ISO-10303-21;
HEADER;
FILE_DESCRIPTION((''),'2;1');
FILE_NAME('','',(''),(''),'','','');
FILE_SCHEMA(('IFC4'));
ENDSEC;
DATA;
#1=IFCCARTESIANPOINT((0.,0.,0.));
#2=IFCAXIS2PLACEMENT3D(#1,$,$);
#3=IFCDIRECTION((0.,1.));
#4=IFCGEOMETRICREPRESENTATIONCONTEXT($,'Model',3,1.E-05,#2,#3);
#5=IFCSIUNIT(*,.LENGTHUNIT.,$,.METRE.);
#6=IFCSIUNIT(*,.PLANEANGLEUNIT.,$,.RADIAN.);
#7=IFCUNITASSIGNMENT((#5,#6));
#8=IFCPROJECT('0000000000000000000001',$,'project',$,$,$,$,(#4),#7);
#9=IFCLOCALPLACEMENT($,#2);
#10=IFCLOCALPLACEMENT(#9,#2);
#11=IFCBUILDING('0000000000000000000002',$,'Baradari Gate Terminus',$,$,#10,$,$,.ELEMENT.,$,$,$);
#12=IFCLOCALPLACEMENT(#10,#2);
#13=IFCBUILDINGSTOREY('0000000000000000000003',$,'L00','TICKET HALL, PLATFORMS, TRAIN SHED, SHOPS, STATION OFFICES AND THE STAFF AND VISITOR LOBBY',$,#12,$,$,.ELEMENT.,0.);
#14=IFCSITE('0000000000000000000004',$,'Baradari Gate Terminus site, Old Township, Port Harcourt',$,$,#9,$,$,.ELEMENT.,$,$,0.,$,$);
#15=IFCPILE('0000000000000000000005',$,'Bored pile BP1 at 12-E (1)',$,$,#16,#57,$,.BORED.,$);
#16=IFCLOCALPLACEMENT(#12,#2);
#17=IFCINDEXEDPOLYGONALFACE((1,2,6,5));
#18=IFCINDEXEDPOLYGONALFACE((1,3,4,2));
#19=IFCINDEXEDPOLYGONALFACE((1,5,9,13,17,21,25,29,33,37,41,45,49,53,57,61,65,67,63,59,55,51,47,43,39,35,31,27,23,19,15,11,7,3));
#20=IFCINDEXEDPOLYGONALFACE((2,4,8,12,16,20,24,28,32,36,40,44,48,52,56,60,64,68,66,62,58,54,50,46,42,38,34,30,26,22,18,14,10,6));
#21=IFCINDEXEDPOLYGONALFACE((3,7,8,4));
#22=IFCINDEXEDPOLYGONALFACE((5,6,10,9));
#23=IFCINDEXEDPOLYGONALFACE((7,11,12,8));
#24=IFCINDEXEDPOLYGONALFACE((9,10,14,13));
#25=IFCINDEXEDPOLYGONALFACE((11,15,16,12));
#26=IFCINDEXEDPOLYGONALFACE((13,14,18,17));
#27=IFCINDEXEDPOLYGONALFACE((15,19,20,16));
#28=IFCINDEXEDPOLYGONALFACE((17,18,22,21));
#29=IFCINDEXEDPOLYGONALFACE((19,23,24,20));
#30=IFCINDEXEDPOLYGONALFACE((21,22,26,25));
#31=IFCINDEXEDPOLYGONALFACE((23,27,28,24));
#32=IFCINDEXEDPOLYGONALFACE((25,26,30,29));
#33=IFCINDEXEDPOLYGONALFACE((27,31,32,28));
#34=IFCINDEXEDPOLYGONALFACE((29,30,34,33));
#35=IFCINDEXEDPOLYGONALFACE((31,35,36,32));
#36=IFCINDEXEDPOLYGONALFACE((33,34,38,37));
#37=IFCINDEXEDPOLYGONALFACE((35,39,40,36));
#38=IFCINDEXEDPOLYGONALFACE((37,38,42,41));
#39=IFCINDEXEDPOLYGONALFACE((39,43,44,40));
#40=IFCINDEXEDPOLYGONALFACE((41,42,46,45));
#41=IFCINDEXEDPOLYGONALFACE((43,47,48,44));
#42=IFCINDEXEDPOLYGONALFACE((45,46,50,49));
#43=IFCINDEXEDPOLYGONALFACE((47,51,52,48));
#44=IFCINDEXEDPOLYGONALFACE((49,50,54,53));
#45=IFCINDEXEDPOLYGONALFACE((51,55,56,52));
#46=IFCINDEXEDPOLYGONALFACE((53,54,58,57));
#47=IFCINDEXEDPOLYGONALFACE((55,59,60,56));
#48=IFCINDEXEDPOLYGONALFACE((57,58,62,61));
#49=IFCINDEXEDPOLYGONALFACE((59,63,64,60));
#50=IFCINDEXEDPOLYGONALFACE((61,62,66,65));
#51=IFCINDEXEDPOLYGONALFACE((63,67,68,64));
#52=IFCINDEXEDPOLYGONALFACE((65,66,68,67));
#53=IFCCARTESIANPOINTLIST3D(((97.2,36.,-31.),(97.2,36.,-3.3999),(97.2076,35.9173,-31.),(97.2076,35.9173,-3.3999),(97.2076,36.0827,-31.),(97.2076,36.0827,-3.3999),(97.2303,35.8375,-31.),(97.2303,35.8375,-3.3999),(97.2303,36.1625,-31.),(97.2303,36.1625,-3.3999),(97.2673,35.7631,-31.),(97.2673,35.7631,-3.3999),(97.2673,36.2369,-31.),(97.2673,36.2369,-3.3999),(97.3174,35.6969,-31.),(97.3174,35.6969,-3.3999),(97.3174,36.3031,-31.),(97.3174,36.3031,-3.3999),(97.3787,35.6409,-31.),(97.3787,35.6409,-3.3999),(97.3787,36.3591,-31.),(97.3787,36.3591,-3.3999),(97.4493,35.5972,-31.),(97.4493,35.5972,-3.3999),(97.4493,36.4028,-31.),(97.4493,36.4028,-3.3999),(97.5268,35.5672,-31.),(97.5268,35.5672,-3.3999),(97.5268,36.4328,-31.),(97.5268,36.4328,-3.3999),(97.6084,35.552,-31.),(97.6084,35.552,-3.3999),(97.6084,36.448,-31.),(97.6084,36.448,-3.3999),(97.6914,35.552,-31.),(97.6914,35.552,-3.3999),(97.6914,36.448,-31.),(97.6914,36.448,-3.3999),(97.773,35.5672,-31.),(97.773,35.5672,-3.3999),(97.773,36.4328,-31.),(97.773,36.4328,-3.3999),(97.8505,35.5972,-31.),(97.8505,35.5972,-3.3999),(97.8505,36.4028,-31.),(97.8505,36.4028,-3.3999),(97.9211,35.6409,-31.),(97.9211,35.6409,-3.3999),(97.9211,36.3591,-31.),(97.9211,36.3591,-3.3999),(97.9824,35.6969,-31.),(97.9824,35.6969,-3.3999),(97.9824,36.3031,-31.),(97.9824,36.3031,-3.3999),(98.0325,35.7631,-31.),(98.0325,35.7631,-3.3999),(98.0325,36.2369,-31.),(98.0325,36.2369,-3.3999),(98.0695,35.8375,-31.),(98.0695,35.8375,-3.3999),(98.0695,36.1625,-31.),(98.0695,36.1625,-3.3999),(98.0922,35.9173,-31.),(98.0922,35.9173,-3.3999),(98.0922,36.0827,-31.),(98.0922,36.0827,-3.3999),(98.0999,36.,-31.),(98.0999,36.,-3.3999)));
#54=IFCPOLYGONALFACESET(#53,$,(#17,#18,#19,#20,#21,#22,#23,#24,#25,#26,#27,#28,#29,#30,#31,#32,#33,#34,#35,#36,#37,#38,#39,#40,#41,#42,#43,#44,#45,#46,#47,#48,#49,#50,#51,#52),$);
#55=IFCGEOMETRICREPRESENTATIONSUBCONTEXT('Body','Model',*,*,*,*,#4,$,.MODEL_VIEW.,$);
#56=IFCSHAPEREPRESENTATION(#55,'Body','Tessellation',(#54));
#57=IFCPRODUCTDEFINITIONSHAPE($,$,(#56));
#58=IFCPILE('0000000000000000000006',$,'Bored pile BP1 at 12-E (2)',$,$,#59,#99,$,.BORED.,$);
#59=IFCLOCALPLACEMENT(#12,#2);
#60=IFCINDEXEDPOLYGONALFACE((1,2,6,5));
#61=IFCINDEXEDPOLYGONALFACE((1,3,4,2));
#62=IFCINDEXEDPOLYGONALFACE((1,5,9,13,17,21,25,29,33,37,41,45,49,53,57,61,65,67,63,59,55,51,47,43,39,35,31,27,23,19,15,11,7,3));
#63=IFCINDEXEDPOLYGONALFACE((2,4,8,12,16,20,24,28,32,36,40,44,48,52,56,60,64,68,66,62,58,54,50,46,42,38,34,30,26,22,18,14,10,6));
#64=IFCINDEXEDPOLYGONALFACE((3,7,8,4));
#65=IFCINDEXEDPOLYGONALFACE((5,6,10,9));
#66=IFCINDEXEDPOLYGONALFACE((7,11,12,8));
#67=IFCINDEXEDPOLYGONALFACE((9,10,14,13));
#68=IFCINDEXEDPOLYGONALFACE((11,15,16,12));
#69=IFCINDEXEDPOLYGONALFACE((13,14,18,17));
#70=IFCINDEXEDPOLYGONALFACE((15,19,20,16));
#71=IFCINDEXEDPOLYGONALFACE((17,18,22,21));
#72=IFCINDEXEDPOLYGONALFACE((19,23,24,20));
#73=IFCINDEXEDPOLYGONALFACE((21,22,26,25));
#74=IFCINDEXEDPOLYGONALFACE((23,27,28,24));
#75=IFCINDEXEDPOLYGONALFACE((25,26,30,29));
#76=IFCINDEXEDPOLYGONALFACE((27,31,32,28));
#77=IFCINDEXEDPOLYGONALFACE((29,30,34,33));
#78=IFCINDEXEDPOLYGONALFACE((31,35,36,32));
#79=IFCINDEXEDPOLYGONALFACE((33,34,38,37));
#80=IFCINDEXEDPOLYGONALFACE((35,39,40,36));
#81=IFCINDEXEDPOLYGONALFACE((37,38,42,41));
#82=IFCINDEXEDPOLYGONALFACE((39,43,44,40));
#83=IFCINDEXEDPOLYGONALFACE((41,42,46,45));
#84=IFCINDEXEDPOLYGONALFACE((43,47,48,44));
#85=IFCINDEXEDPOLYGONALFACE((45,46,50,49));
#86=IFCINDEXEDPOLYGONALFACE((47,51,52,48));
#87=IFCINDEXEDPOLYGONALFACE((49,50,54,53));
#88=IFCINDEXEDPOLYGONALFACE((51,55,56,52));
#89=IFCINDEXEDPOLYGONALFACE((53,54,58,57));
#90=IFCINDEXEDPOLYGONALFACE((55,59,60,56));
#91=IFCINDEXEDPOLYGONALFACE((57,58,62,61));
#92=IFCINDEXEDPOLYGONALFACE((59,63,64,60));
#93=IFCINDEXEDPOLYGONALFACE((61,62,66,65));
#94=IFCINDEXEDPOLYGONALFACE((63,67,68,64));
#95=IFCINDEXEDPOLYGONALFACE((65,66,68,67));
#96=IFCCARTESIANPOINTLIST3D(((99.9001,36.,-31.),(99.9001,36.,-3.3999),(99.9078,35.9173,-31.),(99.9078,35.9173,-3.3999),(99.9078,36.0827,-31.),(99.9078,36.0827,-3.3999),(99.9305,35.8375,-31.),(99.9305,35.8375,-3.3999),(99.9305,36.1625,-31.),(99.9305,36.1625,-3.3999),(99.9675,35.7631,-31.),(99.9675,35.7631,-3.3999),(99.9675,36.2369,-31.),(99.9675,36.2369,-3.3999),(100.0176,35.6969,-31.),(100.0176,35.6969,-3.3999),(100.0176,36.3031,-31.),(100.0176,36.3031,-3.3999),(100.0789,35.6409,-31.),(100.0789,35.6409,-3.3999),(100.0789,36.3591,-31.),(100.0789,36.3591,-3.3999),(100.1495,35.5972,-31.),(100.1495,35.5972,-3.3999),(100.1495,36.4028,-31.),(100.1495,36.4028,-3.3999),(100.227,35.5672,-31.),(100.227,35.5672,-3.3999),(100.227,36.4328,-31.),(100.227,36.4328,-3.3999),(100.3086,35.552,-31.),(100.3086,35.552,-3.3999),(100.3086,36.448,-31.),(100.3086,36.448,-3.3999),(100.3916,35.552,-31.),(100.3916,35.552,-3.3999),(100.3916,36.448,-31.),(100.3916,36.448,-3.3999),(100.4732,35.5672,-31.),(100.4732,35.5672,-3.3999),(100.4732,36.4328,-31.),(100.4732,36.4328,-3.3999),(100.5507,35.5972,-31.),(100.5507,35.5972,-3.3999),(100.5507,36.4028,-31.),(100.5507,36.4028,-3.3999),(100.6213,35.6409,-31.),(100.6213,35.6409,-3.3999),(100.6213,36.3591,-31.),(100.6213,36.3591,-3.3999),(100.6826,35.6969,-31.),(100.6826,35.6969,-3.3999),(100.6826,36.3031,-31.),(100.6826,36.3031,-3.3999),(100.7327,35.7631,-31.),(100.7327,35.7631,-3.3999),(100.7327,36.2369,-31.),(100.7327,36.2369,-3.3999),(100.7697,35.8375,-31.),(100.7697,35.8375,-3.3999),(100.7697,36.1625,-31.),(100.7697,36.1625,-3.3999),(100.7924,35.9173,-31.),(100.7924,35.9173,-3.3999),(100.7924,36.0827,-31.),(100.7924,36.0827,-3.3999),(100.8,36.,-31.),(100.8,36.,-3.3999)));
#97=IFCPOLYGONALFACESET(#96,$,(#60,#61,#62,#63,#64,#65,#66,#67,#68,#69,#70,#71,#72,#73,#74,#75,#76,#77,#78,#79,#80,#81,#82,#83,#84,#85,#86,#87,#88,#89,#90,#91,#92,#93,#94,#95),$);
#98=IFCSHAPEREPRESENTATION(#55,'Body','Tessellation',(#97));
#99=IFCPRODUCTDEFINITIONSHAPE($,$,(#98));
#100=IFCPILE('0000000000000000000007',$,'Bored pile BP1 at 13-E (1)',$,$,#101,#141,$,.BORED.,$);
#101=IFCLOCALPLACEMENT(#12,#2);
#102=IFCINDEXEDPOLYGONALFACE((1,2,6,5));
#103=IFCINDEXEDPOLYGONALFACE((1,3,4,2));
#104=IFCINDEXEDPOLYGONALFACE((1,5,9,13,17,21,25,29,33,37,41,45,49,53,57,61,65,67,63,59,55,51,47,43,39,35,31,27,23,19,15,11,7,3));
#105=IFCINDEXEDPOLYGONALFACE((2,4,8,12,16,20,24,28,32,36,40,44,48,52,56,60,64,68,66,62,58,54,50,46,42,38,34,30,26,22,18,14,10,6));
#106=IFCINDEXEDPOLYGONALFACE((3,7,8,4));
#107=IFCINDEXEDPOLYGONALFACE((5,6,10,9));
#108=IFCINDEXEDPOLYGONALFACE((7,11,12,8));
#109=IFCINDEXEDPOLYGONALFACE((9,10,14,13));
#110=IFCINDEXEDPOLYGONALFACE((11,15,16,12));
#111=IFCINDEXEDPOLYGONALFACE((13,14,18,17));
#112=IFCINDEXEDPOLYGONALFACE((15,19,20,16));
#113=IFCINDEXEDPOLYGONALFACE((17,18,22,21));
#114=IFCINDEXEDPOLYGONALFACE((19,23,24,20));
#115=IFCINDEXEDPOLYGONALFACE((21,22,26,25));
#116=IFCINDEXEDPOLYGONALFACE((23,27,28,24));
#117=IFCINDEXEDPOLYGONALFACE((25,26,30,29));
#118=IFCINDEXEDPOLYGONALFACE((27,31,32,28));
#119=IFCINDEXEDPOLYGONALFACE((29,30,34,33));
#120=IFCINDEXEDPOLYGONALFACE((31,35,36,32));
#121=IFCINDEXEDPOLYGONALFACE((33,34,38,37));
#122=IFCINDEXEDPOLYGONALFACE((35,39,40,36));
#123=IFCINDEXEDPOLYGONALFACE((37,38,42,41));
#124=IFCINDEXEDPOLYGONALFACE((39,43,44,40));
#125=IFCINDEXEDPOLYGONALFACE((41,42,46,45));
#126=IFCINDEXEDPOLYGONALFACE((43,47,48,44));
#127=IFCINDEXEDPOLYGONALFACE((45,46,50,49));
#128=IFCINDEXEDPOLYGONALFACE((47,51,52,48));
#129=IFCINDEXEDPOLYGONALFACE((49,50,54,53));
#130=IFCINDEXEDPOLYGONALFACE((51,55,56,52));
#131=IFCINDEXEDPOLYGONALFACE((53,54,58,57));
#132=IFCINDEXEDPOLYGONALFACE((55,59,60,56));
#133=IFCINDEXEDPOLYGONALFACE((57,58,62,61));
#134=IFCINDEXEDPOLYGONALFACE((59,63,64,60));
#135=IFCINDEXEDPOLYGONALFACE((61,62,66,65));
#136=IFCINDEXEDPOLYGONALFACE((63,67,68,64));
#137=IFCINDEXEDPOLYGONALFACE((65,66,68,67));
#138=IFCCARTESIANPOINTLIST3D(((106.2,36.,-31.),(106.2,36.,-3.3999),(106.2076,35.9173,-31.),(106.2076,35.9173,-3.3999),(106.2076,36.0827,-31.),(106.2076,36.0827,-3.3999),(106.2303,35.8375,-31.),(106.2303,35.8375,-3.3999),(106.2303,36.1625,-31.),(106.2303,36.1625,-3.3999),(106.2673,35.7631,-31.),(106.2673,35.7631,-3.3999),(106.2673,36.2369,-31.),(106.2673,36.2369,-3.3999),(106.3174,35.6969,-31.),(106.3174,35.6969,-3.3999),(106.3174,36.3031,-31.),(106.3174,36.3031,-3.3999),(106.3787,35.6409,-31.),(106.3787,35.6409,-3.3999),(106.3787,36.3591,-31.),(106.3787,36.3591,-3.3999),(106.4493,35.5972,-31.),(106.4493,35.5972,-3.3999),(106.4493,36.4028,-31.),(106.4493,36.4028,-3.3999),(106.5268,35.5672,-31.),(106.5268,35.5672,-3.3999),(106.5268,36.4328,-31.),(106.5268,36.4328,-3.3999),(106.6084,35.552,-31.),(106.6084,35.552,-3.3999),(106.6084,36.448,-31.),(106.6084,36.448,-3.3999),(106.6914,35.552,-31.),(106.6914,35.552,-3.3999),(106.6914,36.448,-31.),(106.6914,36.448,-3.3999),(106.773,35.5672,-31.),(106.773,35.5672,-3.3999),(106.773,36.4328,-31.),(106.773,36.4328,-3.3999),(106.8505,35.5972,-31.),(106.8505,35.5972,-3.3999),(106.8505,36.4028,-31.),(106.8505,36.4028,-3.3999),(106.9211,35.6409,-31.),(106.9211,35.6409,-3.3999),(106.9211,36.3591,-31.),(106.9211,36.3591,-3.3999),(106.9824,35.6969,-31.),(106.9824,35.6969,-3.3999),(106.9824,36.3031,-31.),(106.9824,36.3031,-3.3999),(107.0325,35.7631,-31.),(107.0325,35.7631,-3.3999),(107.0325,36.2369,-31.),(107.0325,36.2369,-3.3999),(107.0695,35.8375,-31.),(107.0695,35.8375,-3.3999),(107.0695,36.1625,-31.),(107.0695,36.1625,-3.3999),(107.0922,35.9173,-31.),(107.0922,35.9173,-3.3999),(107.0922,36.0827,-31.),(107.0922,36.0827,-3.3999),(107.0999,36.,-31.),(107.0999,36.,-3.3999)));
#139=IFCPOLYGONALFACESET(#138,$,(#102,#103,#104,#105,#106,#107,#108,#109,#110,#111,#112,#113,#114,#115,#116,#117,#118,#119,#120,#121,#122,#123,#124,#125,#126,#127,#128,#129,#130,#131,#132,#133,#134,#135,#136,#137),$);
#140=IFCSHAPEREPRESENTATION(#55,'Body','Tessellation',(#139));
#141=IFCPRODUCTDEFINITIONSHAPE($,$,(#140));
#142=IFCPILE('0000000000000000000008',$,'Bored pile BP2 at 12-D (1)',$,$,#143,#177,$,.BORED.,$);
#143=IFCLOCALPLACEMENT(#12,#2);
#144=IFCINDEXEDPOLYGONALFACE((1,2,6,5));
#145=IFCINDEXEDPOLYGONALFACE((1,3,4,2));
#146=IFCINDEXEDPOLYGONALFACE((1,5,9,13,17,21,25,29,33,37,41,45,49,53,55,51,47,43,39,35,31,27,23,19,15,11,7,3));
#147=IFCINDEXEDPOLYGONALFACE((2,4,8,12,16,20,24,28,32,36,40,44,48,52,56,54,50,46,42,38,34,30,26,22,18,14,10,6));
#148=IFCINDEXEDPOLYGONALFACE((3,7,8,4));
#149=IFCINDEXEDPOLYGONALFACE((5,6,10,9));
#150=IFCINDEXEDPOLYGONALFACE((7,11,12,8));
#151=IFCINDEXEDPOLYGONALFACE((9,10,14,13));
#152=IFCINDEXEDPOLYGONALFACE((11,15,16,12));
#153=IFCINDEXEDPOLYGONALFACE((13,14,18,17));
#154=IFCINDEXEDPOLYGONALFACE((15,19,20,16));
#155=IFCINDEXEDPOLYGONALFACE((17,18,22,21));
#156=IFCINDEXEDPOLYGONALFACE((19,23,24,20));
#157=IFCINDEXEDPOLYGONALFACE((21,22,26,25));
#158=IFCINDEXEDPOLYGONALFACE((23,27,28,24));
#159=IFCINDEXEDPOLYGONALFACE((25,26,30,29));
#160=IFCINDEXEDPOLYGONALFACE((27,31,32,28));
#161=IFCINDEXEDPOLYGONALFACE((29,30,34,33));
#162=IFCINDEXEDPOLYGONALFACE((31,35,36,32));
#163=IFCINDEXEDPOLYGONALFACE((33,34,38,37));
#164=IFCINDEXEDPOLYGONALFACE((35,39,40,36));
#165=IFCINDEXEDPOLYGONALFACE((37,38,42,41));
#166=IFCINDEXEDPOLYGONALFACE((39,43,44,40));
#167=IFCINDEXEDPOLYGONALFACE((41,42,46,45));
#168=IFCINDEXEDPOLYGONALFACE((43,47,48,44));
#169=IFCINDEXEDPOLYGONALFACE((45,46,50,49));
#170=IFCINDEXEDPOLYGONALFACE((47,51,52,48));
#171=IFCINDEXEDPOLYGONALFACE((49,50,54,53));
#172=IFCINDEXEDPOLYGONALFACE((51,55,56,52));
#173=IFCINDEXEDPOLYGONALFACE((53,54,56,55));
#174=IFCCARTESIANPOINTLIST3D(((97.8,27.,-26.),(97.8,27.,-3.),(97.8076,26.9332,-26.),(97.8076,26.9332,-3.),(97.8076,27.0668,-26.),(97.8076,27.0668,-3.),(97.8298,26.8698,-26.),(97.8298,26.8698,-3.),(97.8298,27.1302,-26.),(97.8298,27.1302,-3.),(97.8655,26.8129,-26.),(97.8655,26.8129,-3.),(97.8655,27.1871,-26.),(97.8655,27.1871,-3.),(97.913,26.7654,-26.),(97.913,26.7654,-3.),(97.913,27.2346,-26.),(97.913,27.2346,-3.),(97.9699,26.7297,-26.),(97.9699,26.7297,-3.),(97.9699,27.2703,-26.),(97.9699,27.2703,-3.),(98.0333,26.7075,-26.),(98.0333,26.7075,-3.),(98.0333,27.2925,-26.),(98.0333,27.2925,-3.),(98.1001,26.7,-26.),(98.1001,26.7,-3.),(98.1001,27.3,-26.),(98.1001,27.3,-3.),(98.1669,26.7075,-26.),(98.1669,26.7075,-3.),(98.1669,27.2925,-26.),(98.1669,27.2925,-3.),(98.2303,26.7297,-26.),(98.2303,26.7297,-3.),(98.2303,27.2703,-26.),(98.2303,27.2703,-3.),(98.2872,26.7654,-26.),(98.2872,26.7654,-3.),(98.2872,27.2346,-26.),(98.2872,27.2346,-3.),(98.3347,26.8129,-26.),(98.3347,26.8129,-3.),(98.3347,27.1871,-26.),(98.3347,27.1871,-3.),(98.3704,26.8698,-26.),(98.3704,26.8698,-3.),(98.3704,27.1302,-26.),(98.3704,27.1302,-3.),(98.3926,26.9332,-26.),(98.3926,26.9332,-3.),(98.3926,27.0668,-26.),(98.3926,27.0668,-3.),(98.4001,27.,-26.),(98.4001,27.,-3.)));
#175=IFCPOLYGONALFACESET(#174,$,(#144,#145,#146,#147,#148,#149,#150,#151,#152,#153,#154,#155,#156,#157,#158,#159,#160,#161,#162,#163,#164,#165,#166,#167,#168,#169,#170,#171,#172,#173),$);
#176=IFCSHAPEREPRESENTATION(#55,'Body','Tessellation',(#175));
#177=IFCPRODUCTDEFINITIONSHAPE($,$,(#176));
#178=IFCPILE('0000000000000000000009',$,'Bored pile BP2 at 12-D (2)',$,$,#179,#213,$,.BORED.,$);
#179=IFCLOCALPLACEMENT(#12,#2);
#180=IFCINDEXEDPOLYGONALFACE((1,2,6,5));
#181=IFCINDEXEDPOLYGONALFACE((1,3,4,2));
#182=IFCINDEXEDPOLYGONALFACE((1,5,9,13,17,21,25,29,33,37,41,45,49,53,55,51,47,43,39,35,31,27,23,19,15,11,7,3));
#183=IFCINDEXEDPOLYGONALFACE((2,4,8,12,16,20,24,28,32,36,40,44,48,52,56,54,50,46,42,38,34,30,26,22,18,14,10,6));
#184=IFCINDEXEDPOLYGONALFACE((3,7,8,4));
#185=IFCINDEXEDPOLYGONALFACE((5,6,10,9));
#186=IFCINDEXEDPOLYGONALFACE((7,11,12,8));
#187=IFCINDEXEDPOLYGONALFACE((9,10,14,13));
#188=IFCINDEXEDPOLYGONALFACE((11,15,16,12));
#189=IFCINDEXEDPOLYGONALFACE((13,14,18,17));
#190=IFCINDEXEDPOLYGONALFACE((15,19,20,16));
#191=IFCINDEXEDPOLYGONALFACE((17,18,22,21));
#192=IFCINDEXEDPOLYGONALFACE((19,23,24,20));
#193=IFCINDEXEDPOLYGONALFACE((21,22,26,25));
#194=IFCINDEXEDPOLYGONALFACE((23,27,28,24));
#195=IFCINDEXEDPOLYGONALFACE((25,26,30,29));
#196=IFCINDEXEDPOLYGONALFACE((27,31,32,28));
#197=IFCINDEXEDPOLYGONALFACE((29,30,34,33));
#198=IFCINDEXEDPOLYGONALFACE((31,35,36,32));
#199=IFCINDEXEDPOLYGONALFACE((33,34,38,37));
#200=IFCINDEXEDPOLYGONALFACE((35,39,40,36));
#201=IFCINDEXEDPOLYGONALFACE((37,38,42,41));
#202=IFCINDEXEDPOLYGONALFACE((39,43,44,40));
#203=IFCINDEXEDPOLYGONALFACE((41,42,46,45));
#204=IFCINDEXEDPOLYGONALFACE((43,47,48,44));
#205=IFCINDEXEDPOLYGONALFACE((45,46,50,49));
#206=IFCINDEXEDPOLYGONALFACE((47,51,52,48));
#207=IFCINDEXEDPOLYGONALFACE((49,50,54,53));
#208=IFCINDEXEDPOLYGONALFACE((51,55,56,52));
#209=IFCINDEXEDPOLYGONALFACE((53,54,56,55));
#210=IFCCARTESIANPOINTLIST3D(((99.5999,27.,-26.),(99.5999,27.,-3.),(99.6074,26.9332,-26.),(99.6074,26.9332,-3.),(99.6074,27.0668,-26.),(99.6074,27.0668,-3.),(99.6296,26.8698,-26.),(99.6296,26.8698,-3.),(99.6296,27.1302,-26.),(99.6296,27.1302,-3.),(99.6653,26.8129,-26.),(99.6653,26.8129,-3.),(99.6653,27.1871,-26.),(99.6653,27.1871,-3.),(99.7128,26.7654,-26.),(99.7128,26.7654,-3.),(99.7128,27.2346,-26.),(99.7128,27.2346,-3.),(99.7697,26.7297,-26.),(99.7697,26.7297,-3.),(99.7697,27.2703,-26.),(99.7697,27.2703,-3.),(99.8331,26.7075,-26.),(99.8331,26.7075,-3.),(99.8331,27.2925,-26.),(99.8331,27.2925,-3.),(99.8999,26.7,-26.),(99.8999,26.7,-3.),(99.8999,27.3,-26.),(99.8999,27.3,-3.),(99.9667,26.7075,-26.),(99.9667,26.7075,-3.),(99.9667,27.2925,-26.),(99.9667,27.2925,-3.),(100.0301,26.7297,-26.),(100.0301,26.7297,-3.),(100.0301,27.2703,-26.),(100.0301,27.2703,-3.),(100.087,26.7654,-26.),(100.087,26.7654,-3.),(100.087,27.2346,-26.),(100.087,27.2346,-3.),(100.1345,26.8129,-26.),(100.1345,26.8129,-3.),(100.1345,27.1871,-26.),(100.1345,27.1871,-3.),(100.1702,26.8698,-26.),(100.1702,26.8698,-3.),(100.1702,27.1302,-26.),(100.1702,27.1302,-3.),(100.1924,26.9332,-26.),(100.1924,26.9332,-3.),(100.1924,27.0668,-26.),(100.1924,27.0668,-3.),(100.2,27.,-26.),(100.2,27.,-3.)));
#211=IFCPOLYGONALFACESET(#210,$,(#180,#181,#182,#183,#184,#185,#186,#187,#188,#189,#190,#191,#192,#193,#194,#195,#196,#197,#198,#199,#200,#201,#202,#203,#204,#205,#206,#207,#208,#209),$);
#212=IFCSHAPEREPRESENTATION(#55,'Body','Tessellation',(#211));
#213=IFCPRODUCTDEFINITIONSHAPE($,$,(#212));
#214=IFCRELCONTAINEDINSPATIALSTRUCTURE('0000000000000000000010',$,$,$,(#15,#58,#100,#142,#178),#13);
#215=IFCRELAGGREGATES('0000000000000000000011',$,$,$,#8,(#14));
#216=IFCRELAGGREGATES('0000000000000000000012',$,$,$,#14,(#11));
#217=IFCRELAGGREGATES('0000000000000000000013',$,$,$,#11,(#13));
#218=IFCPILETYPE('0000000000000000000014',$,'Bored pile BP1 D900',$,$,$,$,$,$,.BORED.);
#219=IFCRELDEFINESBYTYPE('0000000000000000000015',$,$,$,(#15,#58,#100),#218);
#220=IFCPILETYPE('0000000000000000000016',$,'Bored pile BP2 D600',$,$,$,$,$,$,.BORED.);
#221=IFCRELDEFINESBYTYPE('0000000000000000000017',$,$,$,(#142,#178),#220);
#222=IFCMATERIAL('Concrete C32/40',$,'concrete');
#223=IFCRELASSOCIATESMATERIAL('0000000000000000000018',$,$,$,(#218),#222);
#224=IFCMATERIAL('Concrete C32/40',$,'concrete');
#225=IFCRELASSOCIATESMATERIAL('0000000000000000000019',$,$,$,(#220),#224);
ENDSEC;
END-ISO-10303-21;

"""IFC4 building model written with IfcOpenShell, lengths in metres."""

from ifc_helpers import new_model, si_unit, direction, frame, origin, origin_2d, place, context, subcontext, project, spatial, circle, extrude, material, type_object, element, save


model = new_model("IFC4")

# Units and contexts
model_context = context("Model", 3, precision=1e-05, world=origin(), true_north=direction((0.0, 1.0)))
body_context = subcontext(model_context, "Body", "Model", "MODEL_VIEW")
ifc_project = project(units=[si_unit("LENGTHUNIT", "METRE"), si_unit("PLANEANGLEUNIT", "RADIAN")], contexts=[model_context])

# Site, building, storey
site_placement = place(None, origin())
site = spatial("IfcSite", under=ifc_project, at=site_placement, Name="Baradari Gate Terminus site, Old Township, Port Harcourt", CompositionType="ELEMENT", RefElevation=0.0)
building_placement = place(site_placement, origin())
building = spatial("IfcBuilding", under=site, at=building_placement, Name="Baradari Gate Terminus", CompositionType="ELEMENT")
storey_placement = place(building_placement, origin())
storey = spatial("IfcBuildingStorey", under=building, at=storey_placement, Name="L00", Description="TICKET HALL, PLATFORMS, TRAIN SHED, SHOPS, STATION OFFICES AND THE STAFF AND VISITOR LOBBY", CompositionType="ELEMENT", Elevation=0.0)

# Piles
ifc_material_1 = material(Name="Concrete C32/40", Category="concrete")
pile_type_1 = type_object("IfcPileType", Name="Bored pile BP1 D900", PredefinedType="BORED", material=ifc_material_1)
for number, where, z_axis, x_axis, name in (
    (1, (97.6499, 36.0, -3.3999), (0.0, 0.0, -1.0), (1.0, 0.0, 0.0), "Bored pile BP1 at 12-E (1)"),
    (2, (100.3501, 36.0, -3.3999), (0.0, 0.0, -1.0), (1.0, 0.0, 0.0), "Bored pile BP1 at 12-E (2)"),
    (3, (106.6499, 36.0, -3.3999), (0.0, 0.0, -1.0), (1.0, 0.0, 0.0), "Bored pile BP1 at 13-E (1)"),
):
    element("IfcPile", number, at=place(storey_placement, frame(where, z_axis=z_axis, x_axis=x_axis)), inside=storey, type_object=pile_type_1, Name=name, PredefinedType="BORED", context=body_context, shape_type="SweptSolid", body=[
        extrude(circle(Radius=0.45, at=origin_2d()), origin(), (0.0, 0.0, 1.0), 27.6001),
    ])
ifc_material_2 = material(Name="Concrete C32/40", Category="concrete")
pile_type_2 = type_object("IfcPileType", Name="Bored pile BP2 D600", PredefinedType="BORED", material=ifc_material_2)
for number, where, z_axis, x_axis, name in (
    (4, (98.1001, 27.0, -3.0), (0.0, 0.0, -1.0), (1.0, 0.0, 0.0), "Bored pile BP2 at 12-D (1)"),
    (5, (99.8999, 27.0, -3.0), (0.0, 0.0, -1.0), (1.0, 0.0, 0.0), "Bored pile BP2 at 12-D (2)"),
):
    element("IfcPile", number, at=place(storey_placement, frame(where, z_axis=z_axis, x_axis=x_axis)), inside=storey, type_object=pile_type_2, Name=name, PredefinedType="BORED", context=body_context, shape_type="SweptSolid", body=[
        extrude(circle(Radius=0.3, at=origin_2d()), origin(), (0.0, 0.0, 1.0), 23.0),
    ])

save(model, "model.ifc")
